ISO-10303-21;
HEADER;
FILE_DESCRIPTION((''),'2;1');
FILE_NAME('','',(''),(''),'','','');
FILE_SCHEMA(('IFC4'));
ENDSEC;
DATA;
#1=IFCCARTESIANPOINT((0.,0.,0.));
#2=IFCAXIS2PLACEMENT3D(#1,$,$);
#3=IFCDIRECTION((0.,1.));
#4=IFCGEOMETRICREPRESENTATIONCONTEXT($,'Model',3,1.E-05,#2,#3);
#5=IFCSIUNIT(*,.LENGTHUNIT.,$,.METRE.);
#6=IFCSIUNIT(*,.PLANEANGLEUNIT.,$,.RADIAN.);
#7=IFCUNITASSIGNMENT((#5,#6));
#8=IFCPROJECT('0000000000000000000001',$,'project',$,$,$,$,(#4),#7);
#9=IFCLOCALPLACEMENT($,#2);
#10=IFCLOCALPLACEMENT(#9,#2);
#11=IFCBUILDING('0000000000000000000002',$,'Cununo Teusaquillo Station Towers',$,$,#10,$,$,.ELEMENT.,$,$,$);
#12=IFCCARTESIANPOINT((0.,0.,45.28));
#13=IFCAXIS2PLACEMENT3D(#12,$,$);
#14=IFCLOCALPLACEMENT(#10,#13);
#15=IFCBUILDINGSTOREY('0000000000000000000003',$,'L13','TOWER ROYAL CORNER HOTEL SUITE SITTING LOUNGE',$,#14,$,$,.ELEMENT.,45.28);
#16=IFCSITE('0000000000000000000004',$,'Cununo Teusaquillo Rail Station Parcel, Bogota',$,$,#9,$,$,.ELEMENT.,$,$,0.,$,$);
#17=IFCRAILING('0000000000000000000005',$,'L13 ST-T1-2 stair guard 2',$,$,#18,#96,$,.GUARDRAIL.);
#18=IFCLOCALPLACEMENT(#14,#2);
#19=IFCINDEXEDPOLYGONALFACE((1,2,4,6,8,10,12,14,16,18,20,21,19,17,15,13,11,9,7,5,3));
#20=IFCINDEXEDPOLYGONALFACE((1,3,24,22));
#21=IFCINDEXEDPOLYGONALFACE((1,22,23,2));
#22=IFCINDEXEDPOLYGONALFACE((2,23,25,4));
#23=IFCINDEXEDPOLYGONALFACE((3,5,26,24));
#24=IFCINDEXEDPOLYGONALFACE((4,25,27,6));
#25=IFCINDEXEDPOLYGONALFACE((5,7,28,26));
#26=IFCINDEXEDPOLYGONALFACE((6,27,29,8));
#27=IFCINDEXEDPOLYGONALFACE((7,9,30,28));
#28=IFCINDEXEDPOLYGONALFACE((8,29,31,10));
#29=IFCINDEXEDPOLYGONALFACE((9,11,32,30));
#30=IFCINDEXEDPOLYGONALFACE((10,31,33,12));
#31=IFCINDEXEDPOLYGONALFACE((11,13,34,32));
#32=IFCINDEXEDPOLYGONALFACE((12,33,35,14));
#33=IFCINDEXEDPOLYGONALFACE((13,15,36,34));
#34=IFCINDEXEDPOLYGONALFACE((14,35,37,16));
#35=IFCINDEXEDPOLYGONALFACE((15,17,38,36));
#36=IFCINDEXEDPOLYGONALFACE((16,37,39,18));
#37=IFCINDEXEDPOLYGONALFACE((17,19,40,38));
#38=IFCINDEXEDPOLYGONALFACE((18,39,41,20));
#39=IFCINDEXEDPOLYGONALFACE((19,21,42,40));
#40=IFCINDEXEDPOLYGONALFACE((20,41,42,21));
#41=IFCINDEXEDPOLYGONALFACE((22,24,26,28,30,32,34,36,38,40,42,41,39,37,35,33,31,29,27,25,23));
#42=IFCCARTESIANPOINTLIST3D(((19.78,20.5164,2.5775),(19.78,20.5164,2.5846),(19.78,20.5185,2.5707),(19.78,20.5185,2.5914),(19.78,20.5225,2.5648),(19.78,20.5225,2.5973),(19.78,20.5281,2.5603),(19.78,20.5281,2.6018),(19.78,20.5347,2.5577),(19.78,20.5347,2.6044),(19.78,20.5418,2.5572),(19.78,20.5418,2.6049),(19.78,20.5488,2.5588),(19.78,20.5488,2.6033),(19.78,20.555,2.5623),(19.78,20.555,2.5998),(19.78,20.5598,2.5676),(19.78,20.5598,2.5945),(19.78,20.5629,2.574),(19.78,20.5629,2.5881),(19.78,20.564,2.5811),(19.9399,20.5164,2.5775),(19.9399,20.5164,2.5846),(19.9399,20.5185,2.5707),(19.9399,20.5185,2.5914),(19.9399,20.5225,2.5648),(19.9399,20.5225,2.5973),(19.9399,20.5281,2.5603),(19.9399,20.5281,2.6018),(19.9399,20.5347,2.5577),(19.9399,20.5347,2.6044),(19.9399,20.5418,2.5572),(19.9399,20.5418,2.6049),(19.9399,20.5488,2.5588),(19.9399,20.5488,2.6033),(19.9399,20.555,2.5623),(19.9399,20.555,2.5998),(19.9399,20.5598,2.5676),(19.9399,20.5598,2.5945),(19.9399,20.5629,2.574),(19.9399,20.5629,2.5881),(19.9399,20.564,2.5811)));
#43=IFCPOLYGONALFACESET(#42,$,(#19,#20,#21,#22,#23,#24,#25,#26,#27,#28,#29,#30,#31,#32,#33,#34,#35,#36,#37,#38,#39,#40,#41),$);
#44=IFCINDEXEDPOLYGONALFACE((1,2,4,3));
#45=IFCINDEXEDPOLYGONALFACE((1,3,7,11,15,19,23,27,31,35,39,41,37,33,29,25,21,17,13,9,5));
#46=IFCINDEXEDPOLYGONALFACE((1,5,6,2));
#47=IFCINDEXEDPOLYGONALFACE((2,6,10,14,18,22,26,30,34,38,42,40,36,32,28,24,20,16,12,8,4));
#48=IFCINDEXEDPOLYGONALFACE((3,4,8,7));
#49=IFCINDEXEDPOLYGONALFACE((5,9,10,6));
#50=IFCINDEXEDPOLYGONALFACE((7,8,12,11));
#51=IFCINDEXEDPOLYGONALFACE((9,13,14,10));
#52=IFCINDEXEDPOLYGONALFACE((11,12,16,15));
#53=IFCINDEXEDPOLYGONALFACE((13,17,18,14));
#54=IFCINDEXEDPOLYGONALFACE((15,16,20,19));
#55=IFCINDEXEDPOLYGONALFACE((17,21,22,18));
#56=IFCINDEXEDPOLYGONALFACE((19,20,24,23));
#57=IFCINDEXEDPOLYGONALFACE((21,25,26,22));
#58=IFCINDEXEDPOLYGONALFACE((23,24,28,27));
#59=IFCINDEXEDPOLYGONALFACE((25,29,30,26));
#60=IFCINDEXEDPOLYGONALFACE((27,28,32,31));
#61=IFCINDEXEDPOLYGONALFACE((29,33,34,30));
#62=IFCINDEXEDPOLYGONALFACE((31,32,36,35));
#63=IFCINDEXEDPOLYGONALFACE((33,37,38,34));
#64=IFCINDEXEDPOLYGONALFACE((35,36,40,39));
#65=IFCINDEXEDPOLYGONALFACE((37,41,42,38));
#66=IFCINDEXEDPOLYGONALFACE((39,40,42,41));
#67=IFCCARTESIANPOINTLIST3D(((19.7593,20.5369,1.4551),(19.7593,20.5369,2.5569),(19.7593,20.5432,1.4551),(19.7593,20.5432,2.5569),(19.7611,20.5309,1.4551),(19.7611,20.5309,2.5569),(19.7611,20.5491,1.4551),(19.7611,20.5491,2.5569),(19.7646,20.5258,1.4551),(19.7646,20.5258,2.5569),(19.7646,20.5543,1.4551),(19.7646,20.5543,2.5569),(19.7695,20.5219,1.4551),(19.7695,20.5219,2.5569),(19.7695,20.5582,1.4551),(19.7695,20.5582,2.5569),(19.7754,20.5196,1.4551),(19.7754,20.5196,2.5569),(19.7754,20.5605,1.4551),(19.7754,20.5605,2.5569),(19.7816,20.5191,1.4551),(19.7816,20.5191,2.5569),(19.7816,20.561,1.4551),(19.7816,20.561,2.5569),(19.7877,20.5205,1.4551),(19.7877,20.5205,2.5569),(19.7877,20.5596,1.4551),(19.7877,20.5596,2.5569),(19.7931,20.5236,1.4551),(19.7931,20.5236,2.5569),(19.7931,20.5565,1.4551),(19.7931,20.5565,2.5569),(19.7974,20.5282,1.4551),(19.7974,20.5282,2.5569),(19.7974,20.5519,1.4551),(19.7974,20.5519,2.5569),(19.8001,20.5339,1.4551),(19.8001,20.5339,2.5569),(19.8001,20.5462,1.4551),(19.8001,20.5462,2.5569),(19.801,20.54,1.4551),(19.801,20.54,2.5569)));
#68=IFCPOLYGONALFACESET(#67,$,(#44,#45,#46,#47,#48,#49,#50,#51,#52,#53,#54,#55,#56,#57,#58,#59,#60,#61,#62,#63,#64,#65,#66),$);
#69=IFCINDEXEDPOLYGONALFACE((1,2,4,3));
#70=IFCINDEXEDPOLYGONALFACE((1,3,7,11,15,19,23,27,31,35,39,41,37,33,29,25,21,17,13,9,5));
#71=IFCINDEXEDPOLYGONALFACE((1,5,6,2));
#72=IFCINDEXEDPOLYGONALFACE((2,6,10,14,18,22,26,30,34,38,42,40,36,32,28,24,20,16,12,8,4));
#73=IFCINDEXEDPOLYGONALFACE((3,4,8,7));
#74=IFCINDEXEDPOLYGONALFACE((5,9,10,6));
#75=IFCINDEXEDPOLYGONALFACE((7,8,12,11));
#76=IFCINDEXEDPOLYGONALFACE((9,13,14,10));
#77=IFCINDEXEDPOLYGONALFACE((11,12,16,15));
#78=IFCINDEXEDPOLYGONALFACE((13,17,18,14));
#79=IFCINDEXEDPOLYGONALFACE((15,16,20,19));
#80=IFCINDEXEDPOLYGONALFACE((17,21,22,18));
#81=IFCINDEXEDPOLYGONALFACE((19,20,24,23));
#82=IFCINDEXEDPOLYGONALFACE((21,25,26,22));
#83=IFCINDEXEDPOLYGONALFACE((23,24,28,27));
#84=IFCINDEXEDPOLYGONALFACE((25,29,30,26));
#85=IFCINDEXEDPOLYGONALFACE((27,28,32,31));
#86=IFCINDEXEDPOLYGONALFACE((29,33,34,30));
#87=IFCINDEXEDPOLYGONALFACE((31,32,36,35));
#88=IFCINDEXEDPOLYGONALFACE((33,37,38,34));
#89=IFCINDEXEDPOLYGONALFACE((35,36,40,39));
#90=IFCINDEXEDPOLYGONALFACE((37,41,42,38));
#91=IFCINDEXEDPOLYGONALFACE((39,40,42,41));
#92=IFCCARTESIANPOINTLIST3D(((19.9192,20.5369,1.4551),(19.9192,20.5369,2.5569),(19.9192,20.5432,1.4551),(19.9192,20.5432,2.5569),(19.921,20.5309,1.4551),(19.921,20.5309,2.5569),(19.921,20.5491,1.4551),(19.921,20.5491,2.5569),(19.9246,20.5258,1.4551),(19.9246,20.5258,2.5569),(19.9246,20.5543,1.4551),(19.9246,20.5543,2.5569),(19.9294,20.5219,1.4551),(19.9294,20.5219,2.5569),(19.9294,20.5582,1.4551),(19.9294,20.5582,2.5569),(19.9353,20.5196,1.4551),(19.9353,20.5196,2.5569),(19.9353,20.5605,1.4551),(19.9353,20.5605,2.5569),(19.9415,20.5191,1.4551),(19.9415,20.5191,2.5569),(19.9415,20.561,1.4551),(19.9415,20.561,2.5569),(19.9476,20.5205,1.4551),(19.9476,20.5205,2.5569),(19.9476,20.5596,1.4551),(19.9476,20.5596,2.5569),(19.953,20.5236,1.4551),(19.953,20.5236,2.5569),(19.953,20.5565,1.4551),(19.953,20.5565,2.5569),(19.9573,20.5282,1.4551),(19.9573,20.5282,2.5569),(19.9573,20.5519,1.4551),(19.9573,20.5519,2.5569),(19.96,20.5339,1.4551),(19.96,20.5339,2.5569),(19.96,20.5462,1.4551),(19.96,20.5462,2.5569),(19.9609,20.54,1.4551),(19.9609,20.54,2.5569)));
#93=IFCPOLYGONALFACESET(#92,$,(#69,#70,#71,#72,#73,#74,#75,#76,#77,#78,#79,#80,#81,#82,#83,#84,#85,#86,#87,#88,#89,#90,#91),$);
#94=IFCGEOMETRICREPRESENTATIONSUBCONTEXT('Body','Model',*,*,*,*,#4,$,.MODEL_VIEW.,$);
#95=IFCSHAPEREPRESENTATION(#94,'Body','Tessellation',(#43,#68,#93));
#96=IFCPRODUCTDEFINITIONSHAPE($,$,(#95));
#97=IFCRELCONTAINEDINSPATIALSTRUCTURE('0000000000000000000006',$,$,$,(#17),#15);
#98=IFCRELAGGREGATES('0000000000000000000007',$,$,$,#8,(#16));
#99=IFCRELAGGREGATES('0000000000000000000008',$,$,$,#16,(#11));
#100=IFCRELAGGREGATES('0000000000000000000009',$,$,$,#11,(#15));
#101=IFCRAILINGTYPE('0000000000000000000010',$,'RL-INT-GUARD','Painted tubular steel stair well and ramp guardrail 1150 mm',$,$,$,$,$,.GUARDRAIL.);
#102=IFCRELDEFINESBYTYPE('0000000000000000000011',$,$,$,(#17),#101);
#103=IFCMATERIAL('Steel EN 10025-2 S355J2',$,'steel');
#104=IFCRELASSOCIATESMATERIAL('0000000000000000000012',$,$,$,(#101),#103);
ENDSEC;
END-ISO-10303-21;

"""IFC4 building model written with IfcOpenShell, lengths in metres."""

from ifc_helpers import new_model, si_unit, direction, frame, origin, origin_2d, place, context, subcontext, project, spatial, circle, extrude, material, type_object, element, save


model = new_model("IFC4")

# Units and contexts
model_context = context("Model", 3, precision=1e-05, world=origin(), true_north=direction((0.0, 1.0)))
body_context = subcontext(model_context, "Body", "Model", "MODEL_VIEW")
ifc_project = project(units=[si_unit("LENGTHUNIT", "METRE"), si_unit("PLANEANGLEUNIT", "RADIAN")], contexts=[model_context])

# Site, building, storey
site_placement = place(None, origin())
site = spatial("IfcSite", under=ifc_project, at=site_placement, Name="Cununo Teusaquillo Rail Station Parcel, Bogota", CompositionType="ELEMENT", RefElevation=0.0)
building_placement = place(site_placement, origin())
building = spatial("IfcBuilding", under=site, at=building_placement, Name="Cununo Teusaquillo Station Towers", CompositionType="ELEMENT")
storey_placement = place(building_placement, frame((0.0, 0.0, 45.28)))
storey = spatial("IfcBuildingStorey", under=building, at=storey_placement, Name="L13", Description="TOWER ROYAL CORNER HOTEL SUITE SITTING LOUNGE", CompositionType="ELEMENT", Elevation=45.28)

# Railing
ifc_material_1 = material(Name="Steel EN 10025-2 S355J2", Category="steel")
railing_type_1 = type_object("IfcRailingType", Name="RL-INT-GUARD", Description="Painted tubular steel stair well and ramp guardrail 1150 mm", PredefinedType="GUARDRAIL", material=ifc_material_1)
railing_1_placement = place(storey_placement, frame((19.78, 20.54, 1.4551)))
element("IfcRailing", 1, at=railing_1_placement, inside=storey, type_object=railing_type_1, Name="L13 ST-T1-2 stair guard 2", PredefinedType="GUARDRAIL", context=body_context, shape_type="SweptSolid", body=[
    extrude(circle(Radius=0.0239, at=origin_2d()), frame((0.0, 0.0, 1.126), z_axis=(1.0, 0.0, 0.0), x_axis=(0.0, 1.0, 0.0)), (0.0, 0.0, 1.0), 0.1599),
    extrude(circle(Radius=0.021, at=origin_2d()), origin(), (0.0, 0.0, 1.0), 1.1018),
    extrude(circle(Radius=0.021, at=origin_2d()), frame((0.1599, 0.0, 0.0)), (0.0, 0.0, 1.0), 1.1018),
])

save(model, "model.ifc")
